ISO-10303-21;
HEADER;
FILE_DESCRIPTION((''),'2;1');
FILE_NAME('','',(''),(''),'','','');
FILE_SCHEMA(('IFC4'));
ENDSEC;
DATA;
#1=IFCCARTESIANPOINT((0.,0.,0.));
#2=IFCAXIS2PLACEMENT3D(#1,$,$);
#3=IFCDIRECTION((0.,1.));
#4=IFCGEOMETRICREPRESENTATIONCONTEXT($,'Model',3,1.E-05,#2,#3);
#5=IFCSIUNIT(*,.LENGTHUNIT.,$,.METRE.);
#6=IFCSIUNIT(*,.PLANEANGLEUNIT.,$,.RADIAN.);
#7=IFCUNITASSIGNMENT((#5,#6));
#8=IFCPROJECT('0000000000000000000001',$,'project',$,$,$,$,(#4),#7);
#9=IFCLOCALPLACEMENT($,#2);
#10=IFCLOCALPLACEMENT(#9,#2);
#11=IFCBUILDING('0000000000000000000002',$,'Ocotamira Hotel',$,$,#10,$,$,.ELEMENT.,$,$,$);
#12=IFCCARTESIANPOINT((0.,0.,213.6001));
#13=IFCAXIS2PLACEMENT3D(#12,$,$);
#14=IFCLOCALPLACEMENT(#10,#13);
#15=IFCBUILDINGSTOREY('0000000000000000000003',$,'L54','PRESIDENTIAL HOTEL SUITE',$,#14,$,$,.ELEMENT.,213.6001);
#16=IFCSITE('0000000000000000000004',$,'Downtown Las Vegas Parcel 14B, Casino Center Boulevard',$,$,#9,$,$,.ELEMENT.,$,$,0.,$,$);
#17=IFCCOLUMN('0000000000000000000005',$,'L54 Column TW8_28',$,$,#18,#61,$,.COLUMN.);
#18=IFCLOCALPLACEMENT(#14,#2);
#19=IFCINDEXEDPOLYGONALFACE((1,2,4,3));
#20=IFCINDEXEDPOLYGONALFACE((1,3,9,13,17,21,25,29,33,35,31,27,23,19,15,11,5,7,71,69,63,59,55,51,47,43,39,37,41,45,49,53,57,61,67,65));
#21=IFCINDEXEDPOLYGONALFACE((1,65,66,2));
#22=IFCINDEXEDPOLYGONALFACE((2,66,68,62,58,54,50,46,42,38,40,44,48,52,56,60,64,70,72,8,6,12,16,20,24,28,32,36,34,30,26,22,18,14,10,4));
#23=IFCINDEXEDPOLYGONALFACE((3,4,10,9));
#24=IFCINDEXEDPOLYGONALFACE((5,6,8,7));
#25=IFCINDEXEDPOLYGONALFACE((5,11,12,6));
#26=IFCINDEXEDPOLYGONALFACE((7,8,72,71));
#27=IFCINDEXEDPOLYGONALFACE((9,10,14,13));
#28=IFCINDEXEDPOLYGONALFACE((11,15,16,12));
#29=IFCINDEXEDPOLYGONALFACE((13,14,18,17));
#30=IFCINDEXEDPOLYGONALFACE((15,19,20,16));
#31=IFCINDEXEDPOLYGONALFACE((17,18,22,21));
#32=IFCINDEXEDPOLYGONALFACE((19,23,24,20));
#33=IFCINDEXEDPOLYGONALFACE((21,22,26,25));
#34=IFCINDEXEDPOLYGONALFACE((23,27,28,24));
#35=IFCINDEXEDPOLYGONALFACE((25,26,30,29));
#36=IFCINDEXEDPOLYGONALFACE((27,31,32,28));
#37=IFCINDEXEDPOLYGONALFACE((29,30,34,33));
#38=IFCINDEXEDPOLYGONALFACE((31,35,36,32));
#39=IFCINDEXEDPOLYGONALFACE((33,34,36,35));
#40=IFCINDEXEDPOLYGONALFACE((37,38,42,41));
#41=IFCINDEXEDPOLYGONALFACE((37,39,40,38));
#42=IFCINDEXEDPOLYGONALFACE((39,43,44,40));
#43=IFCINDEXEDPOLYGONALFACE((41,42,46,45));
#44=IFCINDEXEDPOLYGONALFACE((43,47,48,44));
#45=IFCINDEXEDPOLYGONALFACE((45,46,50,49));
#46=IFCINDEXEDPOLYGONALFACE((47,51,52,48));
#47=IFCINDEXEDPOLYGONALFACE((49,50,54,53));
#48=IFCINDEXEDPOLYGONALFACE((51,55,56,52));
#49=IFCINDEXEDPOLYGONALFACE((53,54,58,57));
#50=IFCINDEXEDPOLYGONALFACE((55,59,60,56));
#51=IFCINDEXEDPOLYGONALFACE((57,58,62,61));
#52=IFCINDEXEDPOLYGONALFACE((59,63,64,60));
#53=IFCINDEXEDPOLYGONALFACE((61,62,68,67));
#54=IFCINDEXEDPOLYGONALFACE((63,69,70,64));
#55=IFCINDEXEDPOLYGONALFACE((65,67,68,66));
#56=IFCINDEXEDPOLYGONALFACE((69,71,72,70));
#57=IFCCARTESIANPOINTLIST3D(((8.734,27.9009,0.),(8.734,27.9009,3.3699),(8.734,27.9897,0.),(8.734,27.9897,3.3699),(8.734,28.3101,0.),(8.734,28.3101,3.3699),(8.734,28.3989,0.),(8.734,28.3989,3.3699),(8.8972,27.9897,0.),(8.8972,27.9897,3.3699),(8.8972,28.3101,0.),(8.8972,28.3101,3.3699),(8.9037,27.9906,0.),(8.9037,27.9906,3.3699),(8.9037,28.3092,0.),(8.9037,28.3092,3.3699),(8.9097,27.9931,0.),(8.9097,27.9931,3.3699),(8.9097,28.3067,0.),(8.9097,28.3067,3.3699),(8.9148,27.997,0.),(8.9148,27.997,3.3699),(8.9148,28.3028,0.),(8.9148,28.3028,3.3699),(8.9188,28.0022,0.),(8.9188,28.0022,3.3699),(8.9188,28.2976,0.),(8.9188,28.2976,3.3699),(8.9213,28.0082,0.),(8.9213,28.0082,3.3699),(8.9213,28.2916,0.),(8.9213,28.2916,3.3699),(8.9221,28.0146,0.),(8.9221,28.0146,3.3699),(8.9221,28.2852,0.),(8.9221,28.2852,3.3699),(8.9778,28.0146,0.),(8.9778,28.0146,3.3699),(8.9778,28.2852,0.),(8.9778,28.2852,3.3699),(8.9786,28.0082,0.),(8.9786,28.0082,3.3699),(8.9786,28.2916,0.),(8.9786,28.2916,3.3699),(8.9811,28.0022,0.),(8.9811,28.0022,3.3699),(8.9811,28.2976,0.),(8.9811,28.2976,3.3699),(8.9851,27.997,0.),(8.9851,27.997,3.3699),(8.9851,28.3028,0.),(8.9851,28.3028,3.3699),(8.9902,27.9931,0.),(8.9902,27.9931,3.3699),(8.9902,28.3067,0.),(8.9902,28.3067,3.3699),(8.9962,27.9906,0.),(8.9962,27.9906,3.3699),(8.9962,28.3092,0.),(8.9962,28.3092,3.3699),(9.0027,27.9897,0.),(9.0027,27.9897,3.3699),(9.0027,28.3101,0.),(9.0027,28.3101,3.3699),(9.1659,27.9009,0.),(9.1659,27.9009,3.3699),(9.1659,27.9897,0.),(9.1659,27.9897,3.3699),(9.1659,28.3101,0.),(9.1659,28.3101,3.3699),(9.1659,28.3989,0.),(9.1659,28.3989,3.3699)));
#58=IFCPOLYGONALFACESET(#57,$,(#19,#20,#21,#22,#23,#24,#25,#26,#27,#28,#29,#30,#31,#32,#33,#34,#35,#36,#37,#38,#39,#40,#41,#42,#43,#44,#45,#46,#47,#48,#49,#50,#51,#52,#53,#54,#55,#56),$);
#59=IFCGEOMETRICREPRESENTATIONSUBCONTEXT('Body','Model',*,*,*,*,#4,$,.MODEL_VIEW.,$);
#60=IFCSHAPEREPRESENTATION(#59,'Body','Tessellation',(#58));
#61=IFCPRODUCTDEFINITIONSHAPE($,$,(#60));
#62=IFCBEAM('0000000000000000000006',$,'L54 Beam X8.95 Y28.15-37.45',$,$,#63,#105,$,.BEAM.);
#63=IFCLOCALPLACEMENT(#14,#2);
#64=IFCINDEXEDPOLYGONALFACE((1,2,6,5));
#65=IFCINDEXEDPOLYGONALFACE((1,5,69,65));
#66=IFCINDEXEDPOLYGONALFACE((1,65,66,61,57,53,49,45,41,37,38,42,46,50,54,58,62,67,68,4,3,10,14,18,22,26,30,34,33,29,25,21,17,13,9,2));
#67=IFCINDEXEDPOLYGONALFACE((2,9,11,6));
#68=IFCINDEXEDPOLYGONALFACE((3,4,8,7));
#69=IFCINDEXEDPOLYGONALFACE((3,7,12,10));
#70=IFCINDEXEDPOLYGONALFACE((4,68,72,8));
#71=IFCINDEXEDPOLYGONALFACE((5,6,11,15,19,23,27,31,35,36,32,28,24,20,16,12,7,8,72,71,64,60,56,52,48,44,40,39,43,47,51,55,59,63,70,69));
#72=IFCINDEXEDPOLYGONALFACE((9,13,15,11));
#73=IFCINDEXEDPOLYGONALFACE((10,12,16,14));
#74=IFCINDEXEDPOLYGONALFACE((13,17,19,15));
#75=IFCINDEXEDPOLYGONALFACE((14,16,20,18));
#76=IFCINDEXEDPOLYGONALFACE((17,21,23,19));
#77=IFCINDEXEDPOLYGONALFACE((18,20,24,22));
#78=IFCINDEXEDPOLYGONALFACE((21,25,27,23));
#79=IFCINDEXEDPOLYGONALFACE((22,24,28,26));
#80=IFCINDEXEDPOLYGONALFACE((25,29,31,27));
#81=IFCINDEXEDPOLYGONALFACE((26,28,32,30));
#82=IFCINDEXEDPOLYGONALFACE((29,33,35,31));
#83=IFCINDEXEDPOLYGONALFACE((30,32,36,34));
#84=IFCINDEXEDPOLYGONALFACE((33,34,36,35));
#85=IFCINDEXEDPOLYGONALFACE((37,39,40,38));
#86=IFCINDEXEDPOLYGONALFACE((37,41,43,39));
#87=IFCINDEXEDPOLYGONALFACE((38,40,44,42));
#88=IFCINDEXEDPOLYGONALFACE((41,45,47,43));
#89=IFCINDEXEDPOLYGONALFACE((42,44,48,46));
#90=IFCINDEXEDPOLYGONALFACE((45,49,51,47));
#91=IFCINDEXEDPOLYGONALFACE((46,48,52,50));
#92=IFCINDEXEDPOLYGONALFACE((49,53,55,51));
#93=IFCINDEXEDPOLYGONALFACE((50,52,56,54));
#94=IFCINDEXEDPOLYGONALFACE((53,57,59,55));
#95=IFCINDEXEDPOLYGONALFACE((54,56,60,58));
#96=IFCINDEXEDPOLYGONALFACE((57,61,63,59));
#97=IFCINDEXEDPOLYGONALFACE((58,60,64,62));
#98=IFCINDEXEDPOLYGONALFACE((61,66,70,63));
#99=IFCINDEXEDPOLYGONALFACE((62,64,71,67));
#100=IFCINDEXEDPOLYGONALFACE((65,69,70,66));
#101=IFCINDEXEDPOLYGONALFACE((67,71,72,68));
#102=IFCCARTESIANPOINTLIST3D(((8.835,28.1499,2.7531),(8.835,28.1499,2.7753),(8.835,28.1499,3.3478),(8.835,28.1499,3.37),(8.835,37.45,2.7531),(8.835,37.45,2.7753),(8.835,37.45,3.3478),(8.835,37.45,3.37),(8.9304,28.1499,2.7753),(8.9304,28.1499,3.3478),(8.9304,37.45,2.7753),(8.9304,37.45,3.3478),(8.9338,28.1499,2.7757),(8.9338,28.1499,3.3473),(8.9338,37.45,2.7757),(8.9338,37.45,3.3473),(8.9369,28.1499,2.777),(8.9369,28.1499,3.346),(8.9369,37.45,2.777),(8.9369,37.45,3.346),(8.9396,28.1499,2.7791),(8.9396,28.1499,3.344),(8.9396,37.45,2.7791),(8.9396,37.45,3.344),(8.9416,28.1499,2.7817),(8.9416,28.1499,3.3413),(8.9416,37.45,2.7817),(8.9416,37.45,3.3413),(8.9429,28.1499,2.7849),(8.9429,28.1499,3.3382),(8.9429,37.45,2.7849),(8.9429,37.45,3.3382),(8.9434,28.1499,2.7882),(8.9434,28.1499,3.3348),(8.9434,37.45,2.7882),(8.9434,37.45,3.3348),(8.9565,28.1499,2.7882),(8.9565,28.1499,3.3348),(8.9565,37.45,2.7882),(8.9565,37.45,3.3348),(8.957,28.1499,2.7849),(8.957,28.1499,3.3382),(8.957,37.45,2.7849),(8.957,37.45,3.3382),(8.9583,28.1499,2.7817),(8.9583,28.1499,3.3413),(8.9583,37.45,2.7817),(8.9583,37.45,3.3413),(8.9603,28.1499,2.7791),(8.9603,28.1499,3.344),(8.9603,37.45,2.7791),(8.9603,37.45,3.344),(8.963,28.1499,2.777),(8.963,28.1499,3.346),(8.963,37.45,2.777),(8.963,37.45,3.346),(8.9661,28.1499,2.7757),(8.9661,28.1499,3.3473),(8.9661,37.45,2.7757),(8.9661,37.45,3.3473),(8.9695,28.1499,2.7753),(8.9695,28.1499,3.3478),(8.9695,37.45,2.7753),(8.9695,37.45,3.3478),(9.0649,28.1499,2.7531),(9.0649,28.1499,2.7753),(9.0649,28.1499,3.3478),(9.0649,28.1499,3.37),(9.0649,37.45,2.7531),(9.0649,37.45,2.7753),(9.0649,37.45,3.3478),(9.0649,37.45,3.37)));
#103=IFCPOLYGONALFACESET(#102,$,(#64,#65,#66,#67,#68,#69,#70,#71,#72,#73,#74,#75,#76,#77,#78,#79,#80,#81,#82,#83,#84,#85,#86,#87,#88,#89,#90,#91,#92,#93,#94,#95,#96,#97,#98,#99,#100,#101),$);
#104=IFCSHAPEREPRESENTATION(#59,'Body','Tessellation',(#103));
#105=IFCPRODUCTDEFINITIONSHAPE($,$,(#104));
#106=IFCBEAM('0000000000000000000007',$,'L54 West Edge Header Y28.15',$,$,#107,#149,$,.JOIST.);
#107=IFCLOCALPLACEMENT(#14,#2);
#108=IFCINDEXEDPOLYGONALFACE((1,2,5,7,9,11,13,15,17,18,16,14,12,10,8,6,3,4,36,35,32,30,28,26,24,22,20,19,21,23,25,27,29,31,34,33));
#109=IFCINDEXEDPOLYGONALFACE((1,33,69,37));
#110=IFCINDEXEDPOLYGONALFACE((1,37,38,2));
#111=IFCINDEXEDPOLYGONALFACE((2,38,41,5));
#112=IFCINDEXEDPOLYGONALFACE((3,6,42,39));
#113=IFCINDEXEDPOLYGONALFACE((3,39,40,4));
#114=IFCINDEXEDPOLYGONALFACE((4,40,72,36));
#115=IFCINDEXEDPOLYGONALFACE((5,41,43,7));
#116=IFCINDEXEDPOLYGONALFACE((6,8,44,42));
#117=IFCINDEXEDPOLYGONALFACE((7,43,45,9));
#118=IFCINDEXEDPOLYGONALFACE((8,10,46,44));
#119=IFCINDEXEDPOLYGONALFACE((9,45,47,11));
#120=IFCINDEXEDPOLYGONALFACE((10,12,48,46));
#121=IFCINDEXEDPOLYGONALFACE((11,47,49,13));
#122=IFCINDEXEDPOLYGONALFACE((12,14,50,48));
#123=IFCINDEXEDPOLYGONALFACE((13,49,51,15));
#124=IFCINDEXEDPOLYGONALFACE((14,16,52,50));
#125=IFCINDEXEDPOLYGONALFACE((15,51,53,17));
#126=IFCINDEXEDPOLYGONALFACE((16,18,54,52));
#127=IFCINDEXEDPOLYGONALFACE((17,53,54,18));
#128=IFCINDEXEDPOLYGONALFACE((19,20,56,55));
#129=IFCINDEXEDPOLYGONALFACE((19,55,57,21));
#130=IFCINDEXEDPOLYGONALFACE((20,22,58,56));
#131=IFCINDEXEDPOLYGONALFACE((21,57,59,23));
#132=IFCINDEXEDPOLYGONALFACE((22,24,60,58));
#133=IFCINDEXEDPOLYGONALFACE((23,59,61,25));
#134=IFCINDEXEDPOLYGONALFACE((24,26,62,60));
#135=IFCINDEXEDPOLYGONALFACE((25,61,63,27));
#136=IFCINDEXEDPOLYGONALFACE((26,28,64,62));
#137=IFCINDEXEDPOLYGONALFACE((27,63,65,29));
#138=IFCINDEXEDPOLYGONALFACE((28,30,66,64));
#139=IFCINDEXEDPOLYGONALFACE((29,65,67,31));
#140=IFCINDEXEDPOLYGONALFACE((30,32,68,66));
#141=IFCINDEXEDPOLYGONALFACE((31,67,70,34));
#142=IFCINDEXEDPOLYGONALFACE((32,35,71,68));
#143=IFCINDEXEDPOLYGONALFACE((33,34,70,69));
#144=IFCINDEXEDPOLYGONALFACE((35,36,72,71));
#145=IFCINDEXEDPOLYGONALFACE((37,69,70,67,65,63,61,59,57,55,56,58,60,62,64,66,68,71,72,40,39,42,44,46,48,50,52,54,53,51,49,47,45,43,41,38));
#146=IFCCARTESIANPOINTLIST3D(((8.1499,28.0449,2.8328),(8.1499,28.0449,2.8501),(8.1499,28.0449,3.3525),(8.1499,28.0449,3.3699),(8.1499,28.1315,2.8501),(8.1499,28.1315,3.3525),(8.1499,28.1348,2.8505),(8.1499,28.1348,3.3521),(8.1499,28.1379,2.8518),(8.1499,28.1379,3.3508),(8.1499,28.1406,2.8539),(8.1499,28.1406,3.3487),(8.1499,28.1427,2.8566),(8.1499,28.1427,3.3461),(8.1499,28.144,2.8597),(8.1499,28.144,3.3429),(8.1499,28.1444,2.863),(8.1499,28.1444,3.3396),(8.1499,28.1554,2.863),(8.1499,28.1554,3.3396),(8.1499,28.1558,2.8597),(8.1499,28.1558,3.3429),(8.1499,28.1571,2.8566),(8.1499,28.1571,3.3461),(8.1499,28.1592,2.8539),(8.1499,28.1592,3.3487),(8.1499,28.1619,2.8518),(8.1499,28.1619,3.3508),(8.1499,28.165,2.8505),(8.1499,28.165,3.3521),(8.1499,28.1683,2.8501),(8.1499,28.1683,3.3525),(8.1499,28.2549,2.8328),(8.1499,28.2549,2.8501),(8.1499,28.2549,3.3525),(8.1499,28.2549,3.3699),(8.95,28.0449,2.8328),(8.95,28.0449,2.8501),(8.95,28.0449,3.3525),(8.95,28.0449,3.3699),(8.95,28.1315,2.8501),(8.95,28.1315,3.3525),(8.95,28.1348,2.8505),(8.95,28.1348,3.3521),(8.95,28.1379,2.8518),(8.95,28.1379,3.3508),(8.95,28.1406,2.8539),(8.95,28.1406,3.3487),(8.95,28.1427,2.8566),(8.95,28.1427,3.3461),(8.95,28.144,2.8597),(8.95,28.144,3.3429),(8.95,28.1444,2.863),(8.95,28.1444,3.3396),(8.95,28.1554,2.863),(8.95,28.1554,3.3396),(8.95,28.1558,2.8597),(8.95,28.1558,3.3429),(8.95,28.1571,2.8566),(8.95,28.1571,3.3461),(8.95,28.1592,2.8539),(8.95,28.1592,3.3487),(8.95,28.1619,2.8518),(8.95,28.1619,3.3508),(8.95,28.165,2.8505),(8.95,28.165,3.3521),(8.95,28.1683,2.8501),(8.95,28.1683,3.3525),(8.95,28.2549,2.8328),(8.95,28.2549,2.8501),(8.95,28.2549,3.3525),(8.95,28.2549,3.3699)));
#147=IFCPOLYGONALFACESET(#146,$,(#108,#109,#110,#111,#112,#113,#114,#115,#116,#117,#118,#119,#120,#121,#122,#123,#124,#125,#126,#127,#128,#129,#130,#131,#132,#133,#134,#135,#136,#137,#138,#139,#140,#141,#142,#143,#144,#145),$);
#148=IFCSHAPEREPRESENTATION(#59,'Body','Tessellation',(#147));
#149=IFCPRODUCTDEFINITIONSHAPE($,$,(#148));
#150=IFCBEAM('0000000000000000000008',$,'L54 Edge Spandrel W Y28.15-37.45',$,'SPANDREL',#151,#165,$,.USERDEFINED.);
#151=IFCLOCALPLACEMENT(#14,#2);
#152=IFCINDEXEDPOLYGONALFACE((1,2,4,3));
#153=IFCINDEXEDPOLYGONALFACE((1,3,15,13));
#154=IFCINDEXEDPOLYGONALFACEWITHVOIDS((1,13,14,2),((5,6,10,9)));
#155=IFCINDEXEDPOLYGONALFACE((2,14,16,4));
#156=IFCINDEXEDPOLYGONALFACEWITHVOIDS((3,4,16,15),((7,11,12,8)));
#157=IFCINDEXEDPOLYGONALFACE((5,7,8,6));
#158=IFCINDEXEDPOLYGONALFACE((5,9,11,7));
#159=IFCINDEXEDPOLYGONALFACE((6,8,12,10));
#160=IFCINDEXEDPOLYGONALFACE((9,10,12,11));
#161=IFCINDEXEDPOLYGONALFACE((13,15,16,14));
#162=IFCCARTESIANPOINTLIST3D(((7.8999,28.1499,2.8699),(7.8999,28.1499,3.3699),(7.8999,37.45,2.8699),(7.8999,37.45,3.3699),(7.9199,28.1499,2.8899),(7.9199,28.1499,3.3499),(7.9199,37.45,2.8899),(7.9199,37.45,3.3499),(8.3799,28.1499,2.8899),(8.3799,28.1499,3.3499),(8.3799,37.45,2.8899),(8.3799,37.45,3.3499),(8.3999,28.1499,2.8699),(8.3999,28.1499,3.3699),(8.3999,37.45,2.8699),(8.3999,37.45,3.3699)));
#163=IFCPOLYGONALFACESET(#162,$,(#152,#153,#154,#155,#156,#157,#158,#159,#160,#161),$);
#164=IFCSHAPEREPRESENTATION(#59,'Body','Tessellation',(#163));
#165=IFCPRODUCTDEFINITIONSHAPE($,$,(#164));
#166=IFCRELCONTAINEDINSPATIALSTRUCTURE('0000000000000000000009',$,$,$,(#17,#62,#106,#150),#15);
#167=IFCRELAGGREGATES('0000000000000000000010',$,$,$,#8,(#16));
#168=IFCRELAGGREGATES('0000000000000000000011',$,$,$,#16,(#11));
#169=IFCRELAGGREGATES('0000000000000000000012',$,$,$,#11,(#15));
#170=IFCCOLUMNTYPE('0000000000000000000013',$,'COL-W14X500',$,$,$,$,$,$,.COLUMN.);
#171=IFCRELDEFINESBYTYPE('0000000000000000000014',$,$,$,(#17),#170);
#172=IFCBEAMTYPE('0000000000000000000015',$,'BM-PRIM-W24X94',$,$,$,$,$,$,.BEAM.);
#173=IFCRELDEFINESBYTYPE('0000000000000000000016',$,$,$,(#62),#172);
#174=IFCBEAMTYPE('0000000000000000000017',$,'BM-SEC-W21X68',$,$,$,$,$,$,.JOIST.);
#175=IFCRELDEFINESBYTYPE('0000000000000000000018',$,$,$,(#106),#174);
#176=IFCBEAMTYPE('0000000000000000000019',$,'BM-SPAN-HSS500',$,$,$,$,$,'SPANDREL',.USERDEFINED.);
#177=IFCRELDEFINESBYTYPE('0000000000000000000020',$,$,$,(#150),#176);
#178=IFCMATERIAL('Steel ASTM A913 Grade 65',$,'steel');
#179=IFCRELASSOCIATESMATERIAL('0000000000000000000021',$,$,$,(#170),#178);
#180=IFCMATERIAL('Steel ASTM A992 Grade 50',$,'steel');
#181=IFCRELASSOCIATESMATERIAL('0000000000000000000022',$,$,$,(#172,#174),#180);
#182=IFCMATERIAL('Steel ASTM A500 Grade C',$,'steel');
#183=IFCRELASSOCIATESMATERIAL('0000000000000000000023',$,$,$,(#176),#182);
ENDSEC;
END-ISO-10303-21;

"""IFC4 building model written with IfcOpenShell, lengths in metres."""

from ifc_helpers import new_model, si_unit, direction, frame, origin, origin_2d, place, context, subcontext, project, spatial, hollow_rectangle, i_section, extrude, source, transform, mapped, material, material_profile, profile_set, type_object, element, save


model = new_model("IFC4")

# Units and contexts
model_context = context("Model", 3, precision=1e-05, world=origin(), true_north=direction((0.0, 1.0)))
body_context = subcontext(model_context, "Body", "Model", "MODEL_VIEW")
ifc_project = project(units=[si_unit("LENGTHUNIT", "METRE"), si_unit("PLANEANGLEUNIT", "RADIAN")], contexts=[model_context])

# Site, building, storey
site_placement = place(None, origin())
site = spatial("IfcSite", under=ifc_project, at=site_placement, Name="Downtown Las Vegas Parcel 14B, Casino Center Boulevard", CompositionType="ELEMENT", RefElevation=0.0)
building_placement = place(site_placement, origin())
building = spatial("IfcBuilding", under=site, at=building_placement, Name="Ocotamira Hotel", CompositionType="ELEMENT")
storey_placement = place(building_placement, frame((0.0, 0.0, 213.6001)))
storey = spatial("IfcBuildingStorey", under=building, at=storey_placement, Name="L54", Description="PRESIDENTIAL HOTEL SUITE", CompositionType="ELEMENT", Elevation=213.6001)

# Column
ifc_material_1 = material(Name="Steel ASTM A913 Grade 65", Category="steel")
ifc_material_profile_1 = material_profile(ifc_material_1, i_section(OverallWidth=0.4319, OverallDepth=0.498, WebThickness=0.0557, FlangeThickness=0.0889, FilletRadius=0.0249, at=origin_2d()), Name="W14X500")
ifc_profile_set_1 = profile_set([ifc_material_profile_1], Name="Steel ASTM A913 Grade 65")
column_type = type_object("IfcColumnType", Name="COL-W14X500", PredefinedType="COLUMN", material=ifc_profile_set_1)
shared_shape_1 = source(origin(), body_context, "Body", "SweptSolid", [
    extrude(i_section(OverallWidth=0.4319, OverallDepth=0.498, WebThickness=0.0557, FlangeThickness=0.0889, FilletRadius=0.0249, at=origin_2d()), origin(), (0.0, 0.0, 1.0), 3.3699),
])
column_placement = place(storey_placement, frame((8.95, 28.1499, 0.0), z_axis=(0.0, 0.0, 1.0), x_axis=(1.0, 0.0, 0.0)))
element("IfcColumn", 1, at=column_placement, inside=storey, type_object=column_type, Name="L54 Column TW8_28", PredefinedType="COLUMN", context=body_context, shape_type="MappedRepresentation", body=[
    mapped(shared_shape_1, transform((0.0, 0.0, 0.0), scale=1.0)),
])

# Beams
ifc_material_2 = material(Name="Steel ASTM A992 Grade 50", Category="steel")
ifc_material_profile_2 = material_profile(ifc_material_2, i_section(OverallWidth=0.23, OverallDepth=0.6169, WebThickness=0.0132, FlangeThickness=0.0222, FilletRadius=0.0129, at=origin_2d()), Name="W24X94")
ifc_profile_set_2 = profile_set([ifc_material_profile_2], Name="Steel ASTM A992 Grade 50")
beam_type_1 = type_object("IfcBeamType", Name="BM-PRIM-W24X94", PredefinedType="BEAM", material=ifc_profile_set_2)
shared_shape_2 = source(origin(), body_context, "Body", "SweptSolid", [
    extrude(i_section(OverallWidth=0.23, OverallDepth=0.6169, WebThickness=0.0132, FlangeThickness=0.0222, FilletRadius=0.0129, at=origin_2d()), origin(), (0.0, 0.0, 1.0), 9.3),
])
beam_1_placement = place(storey_placement, frame((8.95, 28.1499, 3.0615), z_axis=(0.0, 1.0, 0.0), x_axis=(-1.0, 0.0, 0.0)))
element("IfcBeam", 2, at=beam_1_placement, inside=storey, type_object=beam_type_1, Name="L54 Beam X8.95 Y28.15-37.45", PredefinedType="BEAM", context=body_context, shape_type="MappedRepresentation", body=[
    mapped(shared_shape_2, transform((0.0, 0.0, 0.0), scale=1.0)),
])
ifc_material_profile_3 = material_profile(ifc_material_2, i_section(OverallWidth=0.21, OverallDepth=0.5371, WebThickness=0.011, FlangeThickness=0.0173, FilletRadius=0.0129, at=origin_2d()), Name="W21X68")
ifc_profile_set_3 = profile_set([ifc_material_profile_3], Name="Steel ASTM A992 Grade 50")
beam_type_2 = type_object("IfcBeamType", Name="BM-SEC-W21X68", PredefinedType="JOIST", material=ifc_profile_set_3)
shared_shape_3 = source(origin(), body_context, "Body", "SweptSolid", [
    extrude(i_section(OverallWidth=0.21, OverallDepth=0.5371, WebThickness=0.011, FlangeThickness=0.0173, FilletRadius=0.0129, at=origin_2d()), origin(), (0.0, 0.0, 1.0), 0.8),
])
beam_2_placement = place(storey_placement, frame((8.95, 28.1499, 3.1013), z_axis=(-1.0, 0.0, 0.0), x_axis=(0.0, -1.0, 0.0)))
element("IfcBeam", 3, at=beam_2_placement, inside=storey, type_object=beam_type_2, Name="L54 West Edge Header Y28.15", PredefinedType="JOIST", context=body_context, shape_type="MappedRepresentation", body=[
    mapped(shared_shape_3, transform((0.0, 0.0, 0.0), scale=1.0)),
])
ifc_material_3 = material(Name="Steel ASTM A500 Grade C", Category="steel")
ifc_material_profile_4 = material_profile(ifc_material_3, hollow_rectangle(XDim=0.5, YDim=0.5, WallThickness=0.02, at=origin_2d()), Name="HSS500X500X20")
ifc_profile_set_4 = profile_set([ifc_material_profile_4], Name="Steel ASTM A500 Grade C")
beam_type_3 = type_object("IfcBeamType", Name="BM-SPAN-HSS500", ElementType="SPANDREL", PredefinedType="USERDEFINED", material=ifc_profile_set_4)
shared_shape_4 = source(origin(), body_context, "Body", "SweptSolid", [
    extrude(hollow_rectangle(XDim=0.5, YDim=0.5, WallThickness=0.02, at=origin_2d()), origin(), (0.0, 0.0, 1.0), 9.3),
])
beam_3_placement = place(storey_placement, frame((8.1499, 28.1499, 3.1199), z_axis=(0.0, 1.0, 0.0), x_axis=(-1.0, 0.0, 0.0)))
element("IfcBeam", 4, at=beam_3_placement, inside=storey, type_object=beam_type_3, Name="L54 Edge Spandrel W Y28.15-37.45", ObjectType="SPANDREL", PredefinedType="USERDEFINED", context=body_context, shape_type="MappedRepresentation", body=[
    mapped(shared_shape_4, transform((0.0, 0.0, 0.0), scale=1.0)),
])

save(model, "model.ifc")
